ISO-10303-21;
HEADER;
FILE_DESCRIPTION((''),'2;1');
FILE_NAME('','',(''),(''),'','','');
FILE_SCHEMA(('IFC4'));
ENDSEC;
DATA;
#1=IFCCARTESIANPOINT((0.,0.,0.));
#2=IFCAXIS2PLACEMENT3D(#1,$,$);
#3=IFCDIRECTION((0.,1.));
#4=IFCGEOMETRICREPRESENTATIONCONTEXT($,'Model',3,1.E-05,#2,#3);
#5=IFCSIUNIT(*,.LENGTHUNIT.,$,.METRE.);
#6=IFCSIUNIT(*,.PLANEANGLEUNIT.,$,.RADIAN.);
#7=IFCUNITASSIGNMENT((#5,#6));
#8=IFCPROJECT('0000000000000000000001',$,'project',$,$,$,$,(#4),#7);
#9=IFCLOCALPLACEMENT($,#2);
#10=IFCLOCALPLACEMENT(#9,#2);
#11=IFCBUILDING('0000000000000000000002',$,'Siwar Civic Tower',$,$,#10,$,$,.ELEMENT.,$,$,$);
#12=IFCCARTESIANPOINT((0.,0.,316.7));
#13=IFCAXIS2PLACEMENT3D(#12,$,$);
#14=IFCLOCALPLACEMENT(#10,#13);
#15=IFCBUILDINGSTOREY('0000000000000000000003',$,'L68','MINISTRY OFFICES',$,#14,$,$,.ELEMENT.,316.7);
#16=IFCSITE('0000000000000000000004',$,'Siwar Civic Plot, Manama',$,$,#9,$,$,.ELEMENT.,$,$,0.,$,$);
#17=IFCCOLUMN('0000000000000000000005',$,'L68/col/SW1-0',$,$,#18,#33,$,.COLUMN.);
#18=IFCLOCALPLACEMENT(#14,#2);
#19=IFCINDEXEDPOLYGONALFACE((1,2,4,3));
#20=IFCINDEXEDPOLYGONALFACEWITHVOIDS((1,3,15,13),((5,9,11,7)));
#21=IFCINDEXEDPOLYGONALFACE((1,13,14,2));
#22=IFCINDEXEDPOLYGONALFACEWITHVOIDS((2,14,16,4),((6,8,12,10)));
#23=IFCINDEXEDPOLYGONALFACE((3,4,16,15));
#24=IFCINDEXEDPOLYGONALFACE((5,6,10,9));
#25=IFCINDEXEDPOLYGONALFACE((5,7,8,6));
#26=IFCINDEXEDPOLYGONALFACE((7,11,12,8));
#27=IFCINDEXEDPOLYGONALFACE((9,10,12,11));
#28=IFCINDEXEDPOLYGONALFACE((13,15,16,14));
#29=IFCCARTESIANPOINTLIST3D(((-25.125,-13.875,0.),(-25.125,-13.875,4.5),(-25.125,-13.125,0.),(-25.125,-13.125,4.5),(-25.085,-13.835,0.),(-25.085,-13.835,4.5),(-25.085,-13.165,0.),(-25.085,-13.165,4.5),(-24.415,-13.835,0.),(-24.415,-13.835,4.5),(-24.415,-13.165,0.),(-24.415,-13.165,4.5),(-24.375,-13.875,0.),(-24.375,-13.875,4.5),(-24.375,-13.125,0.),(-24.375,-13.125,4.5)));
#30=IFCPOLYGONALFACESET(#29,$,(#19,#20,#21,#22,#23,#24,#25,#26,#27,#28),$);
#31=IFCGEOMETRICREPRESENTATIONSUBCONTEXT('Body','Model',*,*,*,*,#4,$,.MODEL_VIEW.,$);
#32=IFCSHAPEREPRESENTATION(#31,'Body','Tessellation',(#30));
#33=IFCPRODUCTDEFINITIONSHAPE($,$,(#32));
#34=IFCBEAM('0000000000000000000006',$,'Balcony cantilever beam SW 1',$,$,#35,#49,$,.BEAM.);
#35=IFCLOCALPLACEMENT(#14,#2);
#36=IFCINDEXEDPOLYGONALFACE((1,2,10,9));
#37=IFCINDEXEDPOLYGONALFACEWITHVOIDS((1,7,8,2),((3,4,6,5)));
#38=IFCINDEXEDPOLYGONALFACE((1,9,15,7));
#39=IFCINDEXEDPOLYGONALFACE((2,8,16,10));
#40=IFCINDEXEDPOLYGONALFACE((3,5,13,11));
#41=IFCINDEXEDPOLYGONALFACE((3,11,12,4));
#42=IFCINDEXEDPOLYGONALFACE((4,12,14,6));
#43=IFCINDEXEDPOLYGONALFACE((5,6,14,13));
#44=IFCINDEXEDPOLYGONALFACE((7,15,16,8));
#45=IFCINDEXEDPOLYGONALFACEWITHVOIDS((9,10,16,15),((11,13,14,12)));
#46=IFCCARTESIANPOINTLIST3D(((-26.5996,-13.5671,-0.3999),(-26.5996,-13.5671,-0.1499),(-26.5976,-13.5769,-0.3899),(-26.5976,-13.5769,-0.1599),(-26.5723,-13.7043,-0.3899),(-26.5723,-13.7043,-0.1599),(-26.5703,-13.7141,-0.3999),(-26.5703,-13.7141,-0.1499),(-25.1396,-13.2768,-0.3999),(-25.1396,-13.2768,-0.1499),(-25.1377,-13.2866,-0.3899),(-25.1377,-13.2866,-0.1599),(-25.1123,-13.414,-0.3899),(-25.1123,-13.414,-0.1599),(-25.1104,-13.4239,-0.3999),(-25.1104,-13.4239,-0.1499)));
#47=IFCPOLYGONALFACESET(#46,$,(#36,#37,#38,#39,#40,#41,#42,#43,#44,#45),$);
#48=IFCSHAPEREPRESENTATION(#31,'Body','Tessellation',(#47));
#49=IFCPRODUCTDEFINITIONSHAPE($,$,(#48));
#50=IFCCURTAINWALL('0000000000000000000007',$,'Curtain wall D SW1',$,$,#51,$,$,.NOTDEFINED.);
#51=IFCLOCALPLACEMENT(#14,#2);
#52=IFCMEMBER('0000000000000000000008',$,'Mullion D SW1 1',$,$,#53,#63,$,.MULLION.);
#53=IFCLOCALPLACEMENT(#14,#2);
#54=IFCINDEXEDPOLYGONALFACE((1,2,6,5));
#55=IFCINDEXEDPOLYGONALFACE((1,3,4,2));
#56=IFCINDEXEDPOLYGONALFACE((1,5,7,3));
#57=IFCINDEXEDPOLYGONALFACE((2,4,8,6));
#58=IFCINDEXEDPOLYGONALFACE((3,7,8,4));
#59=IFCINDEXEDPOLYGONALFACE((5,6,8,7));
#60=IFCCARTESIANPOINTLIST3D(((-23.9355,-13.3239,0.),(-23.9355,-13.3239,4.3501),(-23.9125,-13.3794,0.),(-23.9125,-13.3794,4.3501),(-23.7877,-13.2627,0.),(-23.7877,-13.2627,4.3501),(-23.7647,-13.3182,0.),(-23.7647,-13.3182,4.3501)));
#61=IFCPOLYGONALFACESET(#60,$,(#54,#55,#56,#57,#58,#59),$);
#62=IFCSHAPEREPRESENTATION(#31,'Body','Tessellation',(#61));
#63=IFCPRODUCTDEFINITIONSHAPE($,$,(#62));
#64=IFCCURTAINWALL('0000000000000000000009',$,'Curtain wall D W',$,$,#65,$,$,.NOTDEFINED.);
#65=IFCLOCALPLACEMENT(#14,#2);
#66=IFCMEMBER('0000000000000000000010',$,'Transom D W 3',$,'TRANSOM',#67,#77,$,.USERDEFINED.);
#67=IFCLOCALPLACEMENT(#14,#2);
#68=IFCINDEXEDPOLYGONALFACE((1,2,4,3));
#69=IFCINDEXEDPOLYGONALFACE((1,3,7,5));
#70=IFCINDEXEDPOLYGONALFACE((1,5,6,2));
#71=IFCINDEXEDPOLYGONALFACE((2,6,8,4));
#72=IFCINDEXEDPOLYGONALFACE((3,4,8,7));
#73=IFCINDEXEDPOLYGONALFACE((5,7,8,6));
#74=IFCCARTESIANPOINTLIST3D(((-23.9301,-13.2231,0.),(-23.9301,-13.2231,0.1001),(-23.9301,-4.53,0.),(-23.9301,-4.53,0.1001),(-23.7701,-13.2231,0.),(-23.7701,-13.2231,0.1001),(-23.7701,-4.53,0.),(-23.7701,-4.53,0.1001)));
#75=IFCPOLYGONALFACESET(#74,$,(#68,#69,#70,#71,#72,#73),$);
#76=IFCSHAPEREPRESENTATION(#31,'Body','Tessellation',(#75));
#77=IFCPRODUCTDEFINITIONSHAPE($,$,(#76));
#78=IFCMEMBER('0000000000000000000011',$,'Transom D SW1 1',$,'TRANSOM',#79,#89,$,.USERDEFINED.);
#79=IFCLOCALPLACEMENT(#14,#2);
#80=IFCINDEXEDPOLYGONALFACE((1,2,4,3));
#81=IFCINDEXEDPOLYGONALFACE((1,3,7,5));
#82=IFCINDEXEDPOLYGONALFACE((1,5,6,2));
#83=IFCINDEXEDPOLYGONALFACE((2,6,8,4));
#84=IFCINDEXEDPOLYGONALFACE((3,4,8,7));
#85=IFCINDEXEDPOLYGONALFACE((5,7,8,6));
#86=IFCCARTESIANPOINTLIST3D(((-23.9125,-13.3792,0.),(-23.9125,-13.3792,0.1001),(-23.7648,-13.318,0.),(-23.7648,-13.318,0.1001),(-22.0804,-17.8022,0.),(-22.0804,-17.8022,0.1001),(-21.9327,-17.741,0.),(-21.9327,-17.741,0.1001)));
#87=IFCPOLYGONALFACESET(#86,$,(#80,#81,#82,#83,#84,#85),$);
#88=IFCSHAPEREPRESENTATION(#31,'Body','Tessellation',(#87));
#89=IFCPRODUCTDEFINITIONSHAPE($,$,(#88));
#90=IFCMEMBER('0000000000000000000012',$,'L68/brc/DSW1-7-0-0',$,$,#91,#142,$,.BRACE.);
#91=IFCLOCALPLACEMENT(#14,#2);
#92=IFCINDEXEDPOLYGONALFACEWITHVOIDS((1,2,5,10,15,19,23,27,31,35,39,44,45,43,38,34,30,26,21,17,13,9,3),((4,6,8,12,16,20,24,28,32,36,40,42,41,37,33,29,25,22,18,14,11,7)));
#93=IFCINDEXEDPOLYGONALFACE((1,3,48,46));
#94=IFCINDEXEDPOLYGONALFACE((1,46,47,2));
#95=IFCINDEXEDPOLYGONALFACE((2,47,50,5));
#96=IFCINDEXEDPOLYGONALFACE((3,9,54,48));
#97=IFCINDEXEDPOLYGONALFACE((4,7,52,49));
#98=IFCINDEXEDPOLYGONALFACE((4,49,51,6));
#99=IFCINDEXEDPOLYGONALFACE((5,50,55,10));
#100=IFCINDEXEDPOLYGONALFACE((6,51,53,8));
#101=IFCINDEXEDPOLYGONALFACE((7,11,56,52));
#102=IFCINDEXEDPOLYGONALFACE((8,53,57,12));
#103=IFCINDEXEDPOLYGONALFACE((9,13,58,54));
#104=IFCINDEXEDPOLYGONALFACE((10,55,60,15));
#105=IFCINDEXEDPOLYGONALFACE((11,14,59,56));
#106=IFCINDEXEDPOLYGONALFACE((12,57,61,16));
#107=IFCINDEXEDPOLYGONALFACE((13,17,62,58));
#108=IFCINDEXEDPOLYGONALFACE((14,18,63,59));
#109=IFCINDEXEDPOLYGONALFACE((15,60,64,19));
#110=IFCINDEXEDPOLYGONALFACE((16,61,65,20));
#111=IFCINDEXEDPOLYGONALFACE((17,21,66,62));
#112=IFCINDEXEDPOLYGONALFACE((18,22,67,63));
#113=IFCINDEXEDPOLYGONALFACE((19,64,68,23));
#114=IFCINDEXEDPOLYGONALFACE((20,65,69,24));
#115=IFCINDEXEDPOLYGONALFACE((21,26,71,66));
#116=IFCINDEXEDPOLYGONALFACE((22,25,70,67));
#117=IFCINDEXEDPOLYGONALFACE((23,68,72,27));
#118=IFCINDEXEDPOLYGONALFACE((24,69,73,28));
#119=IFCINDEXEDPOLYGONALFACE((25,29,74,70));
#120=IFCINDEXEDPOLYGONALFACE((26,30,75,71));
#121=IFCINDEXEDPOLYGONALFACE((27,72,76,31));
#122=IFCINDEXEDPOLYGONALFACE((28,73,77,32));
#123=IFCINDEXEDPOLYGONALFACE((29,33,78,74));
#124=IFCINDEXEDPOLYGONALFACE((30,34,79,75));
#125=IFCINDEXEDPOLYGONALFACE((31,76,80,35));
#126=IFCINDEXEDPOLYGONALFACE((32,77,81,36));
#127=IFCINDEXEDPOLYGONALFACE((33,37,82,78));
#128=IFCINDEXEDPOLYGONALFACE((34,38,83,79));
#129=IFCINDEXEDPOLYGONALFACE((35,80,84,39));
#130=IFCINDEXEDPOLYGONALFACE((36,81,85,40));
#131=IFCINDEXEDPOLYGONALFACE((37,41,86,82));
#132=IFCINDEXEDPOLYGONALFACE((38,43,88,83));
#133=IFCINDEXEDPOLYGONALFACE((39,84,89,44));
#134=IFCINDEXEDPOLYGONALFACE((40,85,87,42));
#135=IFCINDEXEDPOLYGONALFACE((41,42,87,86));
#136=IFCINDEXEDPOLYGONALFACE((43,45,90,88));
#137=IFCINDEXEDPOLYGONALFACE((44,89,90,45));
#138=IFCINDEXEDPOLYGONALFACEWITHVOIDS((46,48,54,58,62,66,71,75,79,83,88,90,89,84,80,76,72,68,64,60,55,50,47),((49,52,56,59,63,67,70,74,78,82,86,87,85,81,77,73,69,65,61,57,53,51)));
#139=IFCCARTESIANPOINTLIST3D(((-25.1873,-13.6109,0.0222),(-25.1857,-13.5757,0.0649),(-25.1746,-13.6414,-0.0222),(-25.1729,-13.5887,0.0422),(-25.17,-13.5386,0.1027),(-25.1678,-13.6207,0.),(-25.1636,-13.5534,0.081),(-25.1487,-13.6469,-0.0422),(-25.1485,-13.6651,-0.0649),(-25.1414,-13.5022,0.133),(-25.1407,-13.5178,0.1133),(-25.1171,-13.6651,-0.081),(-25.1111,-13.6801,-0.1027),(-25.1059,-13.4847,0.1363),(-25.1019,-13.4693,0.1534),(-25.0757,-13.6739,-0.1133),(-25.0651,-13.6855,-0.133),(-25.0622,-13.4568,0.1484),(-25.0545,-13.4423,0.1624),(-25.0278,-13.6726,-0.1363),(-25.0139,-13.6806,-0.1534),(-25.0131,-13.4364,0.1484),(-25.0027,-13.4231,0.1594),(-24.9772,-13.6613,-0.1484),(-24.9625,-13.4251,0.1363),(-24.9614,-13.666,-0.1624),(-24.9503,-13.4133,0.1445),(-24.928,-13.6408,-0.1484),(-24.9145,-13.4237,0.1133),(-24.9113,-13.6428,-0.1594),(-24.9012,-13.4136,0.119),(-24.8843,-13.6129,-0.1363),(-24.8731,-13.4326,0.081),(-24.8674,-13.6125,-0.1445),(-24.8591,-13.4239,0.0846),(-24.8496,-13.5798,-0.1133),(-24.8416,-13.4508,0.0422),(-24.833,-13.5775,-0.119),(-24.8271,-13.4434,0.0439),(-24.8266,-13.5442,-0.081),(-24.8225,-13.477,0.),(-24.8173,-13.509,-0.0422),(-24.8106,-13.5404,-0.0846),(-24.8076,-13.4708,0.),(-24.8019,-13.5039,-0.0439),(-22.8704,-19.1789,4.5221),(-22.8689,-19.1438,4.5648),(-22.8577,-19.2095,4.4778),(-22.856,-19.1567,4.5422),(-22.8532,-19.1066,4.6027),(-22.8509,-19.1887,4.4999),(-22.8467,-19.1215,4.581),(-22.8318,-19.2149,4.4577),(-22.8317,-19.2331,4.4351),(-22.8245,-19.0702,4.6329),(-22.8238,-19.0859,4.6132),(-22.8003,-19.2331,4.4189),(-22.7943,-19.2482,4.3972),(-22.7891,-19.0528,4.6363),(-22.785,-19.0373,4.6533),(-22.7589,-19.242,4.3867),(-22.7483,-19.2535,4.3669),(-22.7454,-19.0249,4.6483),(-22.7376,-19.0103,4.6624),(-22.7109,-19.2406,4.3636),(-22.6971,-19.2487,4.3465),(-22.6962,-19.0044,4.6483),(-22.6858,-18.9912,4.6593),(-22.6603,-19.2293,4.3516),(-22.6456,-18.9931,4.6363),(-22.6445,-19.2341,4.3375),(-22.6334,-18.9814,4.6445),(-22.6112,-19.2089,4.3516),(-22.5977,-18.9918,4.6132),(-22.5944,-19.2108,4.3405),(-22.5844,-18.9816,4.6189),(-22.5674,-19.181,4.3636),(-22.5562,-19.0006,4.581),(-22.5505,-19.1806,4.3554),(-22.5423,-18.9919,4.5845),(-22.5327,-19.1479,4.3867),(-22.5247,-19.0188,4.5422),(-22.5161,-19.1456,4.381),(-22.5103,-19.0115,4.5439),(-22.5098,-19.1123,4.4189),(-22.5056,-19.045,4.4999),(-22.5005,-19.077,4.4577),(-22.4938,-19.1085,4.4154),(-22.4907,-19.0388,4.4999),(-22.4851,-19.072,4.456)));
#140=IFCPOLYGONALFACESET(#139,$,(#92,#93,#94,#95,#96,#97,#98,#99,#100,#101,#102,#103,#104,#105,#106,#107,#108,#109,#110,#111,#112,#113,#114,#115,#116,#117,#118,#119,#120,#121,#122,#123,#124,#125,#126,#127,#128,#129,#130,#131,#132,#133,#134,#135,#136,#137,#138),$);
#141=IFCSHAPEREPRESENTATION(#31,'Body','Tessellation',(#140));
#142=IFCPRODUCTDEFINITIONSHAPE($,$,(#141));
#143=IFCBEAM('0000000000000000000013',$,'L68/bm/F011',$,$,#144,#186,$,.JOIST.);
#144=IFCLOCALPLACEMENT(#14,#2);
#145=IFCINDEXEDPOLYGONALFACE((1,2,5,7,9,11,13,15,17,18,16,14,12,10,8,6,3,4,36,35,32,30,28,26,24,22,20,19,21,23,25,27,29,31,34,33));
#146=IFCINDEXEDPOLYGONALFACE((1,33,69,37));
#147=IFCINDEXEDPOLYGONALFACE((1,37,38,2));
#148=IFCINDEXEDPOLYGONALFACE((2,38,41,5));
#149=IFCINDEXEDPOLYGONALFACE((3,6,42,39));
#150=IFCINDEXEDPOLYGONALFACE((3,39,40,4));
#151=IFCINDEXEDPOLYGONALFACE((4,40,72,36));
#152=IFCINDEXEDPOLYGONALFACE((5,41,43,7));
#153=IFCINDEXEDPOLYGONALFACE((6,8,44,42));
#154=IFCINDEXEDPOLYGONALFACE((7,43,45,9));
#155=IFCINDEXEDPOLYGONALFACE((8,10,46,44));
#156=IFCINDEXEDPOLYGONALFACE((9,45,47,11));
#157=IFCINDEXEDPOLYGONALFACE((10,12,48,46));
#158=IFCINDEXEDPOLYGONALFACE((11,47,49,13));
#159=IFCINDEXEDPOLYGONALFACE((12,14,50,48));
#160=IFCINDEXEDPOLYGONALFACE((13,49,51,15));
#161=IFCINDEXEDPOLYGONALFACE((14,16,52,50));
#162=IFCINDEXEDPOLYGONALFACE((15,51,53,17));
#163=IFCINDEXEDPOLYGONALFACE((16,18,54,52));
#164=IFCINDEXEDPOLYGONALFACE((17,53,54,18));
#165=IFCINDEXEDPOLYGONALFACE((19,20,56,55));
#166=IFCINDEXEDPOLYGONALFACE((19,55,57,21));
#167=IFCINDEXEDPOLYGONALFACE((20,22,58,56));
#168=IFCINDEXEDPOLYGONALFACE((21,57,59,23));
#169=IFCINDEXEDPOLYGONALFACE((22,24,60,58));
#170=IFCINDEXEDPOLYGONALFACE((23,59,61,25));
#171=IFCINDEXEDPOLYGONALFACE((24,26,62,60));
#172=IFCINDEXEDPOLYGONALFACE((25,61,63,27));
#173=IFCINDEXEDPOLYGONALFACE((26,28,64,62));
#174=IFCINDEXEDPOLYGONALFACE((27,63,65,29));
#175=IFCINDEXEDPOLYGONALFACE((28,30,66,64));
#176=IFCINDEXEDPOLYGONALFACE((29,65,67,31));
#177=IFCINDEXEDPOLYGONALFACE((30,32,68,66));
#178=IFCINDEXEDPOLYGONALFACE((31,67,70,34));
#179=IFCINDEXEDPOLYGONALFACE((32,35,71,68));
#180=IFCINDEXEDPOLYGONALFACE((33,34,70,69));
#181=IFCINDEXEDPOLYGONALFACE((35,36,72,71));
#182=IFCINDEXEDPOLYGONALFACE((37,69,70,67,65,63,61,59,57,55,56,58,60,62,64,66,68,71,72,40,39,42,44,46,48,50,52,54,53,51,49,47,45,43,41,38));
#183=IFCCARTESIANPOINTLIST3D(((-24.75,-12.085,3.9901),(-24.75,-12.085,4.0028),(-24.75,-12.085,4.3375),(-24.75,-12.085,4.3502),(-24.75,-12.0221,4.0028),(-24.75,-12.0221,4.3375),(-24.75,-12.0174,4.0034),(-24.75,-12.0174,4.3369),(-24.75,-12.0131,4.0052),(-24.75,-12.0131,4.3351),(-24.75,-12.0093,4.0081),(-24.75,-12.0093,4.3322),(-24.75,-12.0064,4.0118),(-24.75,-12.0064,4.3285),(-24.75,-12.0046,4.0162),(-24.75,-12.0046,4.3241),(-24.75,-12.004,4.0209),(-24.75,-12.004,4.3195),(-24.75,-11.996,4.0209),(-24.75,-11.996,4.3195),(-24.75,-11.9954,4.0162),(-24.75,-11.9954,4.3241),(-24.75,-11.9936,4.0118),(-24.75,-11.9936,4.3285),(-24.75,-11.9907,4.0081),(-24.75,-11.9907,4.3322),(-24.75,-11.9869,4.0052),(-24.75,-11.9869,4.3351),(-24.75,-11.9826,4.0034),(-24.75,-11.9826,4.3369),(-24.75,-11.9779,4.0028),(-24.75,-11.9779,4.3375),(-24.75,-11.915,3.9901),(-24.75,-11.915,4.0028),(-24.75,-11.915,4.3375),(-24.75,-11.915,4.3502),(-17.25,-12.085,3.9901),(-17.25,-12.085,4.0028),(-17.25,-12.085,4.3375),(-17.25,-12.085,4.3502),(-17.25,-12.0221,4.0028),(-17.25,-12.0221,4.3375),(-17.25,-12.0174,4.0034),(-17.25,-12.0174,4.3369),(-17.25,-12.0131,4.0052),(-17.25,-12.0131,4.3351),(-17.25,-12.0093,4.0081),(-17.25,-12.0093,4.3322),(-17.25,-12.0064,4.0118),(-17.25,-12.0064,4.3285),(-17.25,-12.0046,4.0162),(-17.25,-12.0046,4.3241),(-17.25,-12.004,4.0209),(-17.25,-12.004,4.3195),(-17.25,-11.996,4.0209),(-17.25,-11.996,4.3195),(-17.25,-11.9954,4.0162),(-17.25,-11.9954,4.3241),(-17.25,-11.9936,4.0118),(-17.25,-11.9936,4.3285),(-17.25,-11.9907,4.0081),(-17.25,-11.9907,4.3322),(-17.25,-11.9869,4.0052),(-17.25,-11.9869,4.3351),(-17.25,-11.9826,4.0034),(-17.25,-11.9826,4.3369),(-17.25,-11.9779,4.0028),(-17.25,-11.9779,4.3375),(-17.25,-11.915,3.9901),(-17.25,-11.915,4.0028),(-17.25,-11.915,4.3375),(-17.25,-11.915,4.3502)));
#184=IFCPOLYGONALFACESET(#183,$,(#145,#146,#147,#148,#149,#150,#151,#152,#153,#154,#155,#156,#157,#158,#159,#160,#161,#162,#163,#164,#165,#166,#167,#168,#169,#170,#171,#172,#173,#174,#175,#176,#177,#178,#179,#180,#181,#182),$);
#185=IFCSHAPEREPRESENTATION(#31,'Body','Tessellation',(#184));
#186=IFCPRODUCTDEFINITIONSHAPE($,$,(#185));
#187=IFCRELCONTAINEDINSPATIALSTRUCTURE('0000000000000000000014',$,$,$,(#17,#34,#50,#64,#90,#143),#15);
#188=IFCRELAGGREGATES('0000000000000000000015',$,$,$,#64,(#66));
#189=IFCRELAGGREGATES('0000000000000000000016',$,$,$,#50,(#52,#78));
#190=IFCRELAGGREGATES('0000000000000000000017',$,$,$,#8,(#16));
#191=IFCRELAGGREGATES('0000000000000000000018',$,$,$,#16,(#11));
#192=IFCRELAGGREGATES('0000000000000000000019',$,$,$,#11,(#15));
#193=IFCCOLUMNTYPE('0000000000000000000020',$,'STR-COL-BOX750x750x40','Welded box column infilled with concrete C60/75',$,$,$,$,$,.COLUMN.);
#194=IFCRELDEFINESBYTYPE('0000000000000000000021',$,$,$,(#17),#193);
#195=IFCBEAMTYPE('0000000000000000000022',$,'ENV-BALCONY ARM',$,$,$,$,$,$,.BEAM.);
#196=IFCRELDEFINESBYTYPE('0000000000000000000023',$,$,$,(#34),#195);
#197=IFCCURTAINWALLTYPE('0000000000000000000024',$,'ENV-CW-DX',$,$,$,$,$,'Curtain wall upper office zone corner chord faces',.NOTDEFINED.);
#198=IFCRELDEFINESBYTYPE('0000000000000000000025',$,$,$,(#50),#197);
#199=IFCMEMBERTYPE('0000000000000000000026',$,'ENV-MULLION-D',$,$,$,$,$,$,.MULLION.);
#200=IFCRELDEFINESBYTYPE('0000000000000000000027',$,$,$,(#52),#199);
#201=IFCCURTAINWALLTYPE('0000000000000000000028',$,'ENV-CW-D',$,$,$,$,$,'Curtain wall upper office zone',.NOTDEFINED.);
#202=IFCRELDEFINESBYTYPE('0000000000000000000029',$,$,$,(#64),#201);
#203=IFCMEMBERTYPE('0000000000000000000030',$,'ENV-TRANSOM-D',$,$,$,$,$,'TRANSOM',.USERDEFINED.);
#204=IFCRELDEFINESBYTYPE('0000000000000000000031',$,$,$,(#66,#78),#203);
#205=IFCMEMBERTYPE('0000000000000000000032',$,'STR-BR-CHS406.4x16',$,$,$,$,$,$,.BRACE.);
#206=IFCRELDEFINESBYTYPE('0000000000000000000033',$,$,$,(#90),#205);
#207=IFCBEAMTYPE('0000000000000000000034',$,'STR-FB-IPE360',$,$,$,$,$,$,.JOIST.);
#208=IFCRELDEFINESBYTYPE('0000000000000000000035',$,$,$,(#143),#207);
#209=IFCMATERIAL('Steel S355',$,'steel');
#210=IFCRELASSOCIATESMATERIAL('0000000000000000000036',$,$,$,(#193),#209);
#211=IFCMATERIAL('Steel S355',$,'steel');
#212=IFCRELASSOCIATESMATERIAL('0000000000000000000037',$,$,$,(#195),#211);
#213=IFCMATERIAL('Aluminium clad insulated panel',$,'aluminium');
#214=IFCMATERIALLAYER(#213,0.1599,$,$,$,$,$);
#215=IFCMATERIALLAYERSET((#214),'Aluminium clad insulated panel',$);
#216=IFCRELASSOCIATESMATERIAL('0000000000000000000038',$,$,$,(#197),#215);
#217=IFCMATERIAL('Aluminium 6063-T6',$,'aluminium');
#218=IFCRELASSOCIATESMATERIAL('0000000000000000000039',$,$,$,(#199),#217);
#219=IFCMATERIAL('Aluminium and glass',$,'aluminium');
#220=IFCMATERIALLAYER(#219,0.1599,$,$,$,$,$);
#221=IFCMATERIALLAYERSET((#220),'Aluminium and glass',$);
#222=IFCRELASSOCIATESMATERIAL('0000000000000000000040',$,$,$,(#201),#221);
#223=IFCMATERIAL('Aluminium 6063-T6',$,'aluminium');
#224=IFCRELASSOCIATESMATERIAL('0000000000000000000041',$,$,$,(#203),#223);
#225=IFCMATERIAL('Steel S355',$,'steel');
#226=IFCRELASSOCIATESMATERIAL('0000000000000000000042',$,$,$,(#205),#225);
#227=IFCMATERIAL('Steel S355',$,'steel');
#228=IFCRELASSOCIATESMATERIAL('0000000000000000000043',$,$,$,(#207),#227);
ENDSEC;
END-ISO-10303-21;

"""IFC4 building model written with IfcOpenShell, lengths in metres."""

from ifc_helpers import new_model, si_unit, direction, frame, origin, origin_2d, place, context, subcontext, project, spatial, rectangle, hollow_rectangle, hollow_circle, i_section, extrude, material, layer, layer_set, material_profile, profile_set, type_object, element, aggregate, save


model = new_model("IFC4")

# Units and contexts
model_context = context("Model", 3, precision=1e-05, world=origin(), true_north=direction((0.0, 1.0)))
body_context = subcontext(model_context, "Body", "Model", "MODEL_VIEW")
ifc_project = project(units=[si_unit("LENGTHUNIT", "METRE"), si_unit("PLANEANGLEUNIT", "RADIAN")], contexts=[model_context])

# Site, building, storey
site_placement = place(None, origin())
site = spatial("IfcSite", under=ifc_project, at=site_placement, Name="Siwar Civic Plot, Manama", CompositionType="ELEMENT", RefElevation=0.0)
building_placement = place(site_placement, origin())
building = spatial("IfcBuilding", under=site, at=building_placement, Name="Siwar Civic Tower", CompositionType="ELEMENT")
storey_placement = place(building_placement, frame((0.0, 0.0, 316.7)))
storey = spatial("IfcBuildingStorey", under=building, at=storey_placement, Name="L68", Description="MINISTRY OFFICES", CompositionType="ELEMENT", Elevation=316.7)

# Column
ifc_material_1 = material(Name="Steel S355", Category="steel")
ifc_material_profile_1 = material_profile(ifc_material_1, hollow_rectangle(XDim=0.75, YDim=0.75, WallThickness=0.04, at=origin_2d()), Name="BOX750x750x40")
ifc_profile_set_1 = profile_set([ifc_material_profile_1], Name="Steel S355")
column_type = type_object("IfcColumnType", Name="STR-COL-BOX750x750x40", Description="Welded box column infilled with concrete C60/75", PredefinedType="COLUMN", material=ifc_profile_set_1)
column_placement = place(storey_placement, frame((-24.75, -13.5, 0.0), z_axis=(0.0, 0.0, 1.0), x_axis=(1.0, 0.0, 0.0)))
element("IfcColumn", 1, at=column_placement, inside=storey, type_object=column_type, Name="L68/col/SW1-0", PredefinedType="COLUMN", context=body_context, shape_type="SweptSolid", body=[
    extrude(hollow_rectangle(XDim=0.75, YDim=0.75, WallThickness=0.04, at=origin_2d()), origin(), (0.0, 0.0, 1.0), 4.5),
])

# Beam
ifc_material_2 = material(Name="Steel S355", Category="steel")
ifc_material_profile_2 = material_profile(ifc_material_2, hollow_rectangle(XDim=0.1499, YDim=0.25, WallThickness=0.01, at=origin_2d()), Name="RHS250x150x10")
ifc_profile_set_2 = profile_set([ifc_material_profile_2], Name="Steel S355")
beam_type_1 = type_object("IfcBeamType", Name="ENV-BALCONY ARM", PredefinedType="BEAM", material=ifc_profile_set_2)
beam_1_placement = place(storey_placement, frame((-25.125, -13.3503, -0.2749), z_axis=(-0.980801, -0.195012, 0.0), x_axis=(0.195012, -0.980801, 0.0)))
element("IfcBeam", 2, at=beam_1_placement, inside=storey, type_object=beam_type_1, Name="Balcony cantilever beam SW 1", PredefinedType="BEAM", context=body_context, shape_type="SweptSolid", body=[
    extrude(hollow_rectangle(XDim=0.1499, YDim=0.25, WallThickness=0.01, at=origin_2d()), origin(), (0.0, 0.0, 1.0), 1.4885),
])

# Curtain walls, members
ifc_material_3 = material(Name="Aluminium clad insulated panel", Category="aluminium")
ifc_layer_1 = layer(ifc_material_3, 0.1599)
ifc_layer_set_1 = layer_set([ifc_layer_1], Name="Aluminium clad insulated panel")
curtain_wall_type_1 = type_object("IfcCurtainWallType", Name="ENV-CW-DX", ElementType="Curtain wall upper office zone corner chord faces", PredefinedType="NOTDEFINED", material=ifc_layer_set_1)
curtain_wall_1_placement = place(storey_placement, origin())
curtain_wall_1 = element("IfcCurtainWall", 3, at=curtain_wall_1_placement, inside=storey, type_object=curtain_wall_type_1, Name="Curtain wall D SW1", PredefinedType="NOTDEFINED")
ifc_material_4 = material(Name="Aluminium 6063-T6", Category="aluminium")
ifc_material_profile_3 = material_profile(ifc_material_4, rectangle(XDim=0.1599, YDim=0.0601, at=origin_2d()), Name="AL 160x60")
ifc_profile_set_3 = profile_set([ifc_material_profile_3], Name="Aluminium 6063-T6")
member_type_1 = type_object("IfcMemberType", Name="ENV-MULLION-D", PredefinedType="MULLION", material=ifc_profile_set_3)
member_1_placement = place(storey_placement, frame((-23.8501, -13.321, 0.0), z_axis=(0.0, 0.0, 1.0), x_axis=(0.92388, 0.382683, 0.0)))
member_1 = element("IfcMember", 4, at=member_1_placement, type_object=member_type_1, Name="Mullion D SW1 1", PredefinedType="MULLION", context=body_context, shape_type="SweptSolid", body=[
    extrude(rectangle(XDim=0.1599, YDim=0.0601, at=origin_2d()), origin(), (0.0, 0.0, 1.0), 4.3501),
])
ifc_material_5 = material(Name="Aluminium and glass", Category="aluminium")
ifc_layer_2 = layer(ifc_material_5, 0.1599)
ifc_layer_set_2 = layer_set([ifc_layer_2], Name="Aluminium and glass")
curtain_wall_type_2 = type_object("IfcCurtainWallType", Name="ENV-CW-D", ElementType="Curtain wall upper office zone", PredefinedType="NOTDEFINED", material=ifc_layer_set_2)
curtain_wall_2_placement = place(storey_placement, origin())
curtain_wall_2 = element("IfcCurtainWall", 5, at=curtain_wall_2_placement, inside=storey, type_object=curtain_wall_type_2, Name="Curtain wall D W", PredefinedType="NOTDEFINED")
ifc_material_6 = material(Name="Aluminium 6063-T6", Category="aluminium")
ifc_material_profile_4 = material_profile(ifc_material_6, rectangle(XDim=0.1599, YDim=0.1001, at=origin_2d()), Name="AL 160x100")
ifc_profile_set_4 = profile_set([ifc_material_profile_4], Name="Aluminium 6063-T6")
member_type_2 = type_object("IfcMemberType", Name="ENV-TRANSOM-D", ElementType="TRANSOM", PredefinedType="USERDEFINED", material=ifc_profile_set_4)
member_2_placement = place(storey_placement, frame((-23.8501, -4.53, 0.05), z_axis=(0.0, -1.0, 0.0), x_axis=(1.0, 0.0, 0.0)))
member_2 = element("IfcMember", 6, at=member_2_placement, type_object=member_type_2, Name="Transom D W 3", ObjectType="TRANSOM", PredefinedType="USERDEFINED", context=body_context, shape_type="SweptSolid", body=[
    extrude(rectangle(XDim=0.1599, YDim=0.1001, at=origin_2d()), origin(), (0.0, 0.0, 1.0), 8.6931),
])

# Members
member_3_placement = place(storey_placement, frame((-23.8386, -13.3486, 0.05), z_axis=(0.382688, -0.923878, 0.0), x_axis=(0.923878, 0.382688, 0.0)))
member_3 = element("IfcMember", 7, at=member_3_placement, type_object=member_type_2, Name="Transom D SW1 1", ObjectType="TRANSOM", PredefinedType="USERDEFINED", context=body_context, shape_type="SweptSolid", body=[
    extrude(rectangle(XDim=0.1599, YDim=0.1001, at=origin_2d()), origin(), (0.0, 0.0, 1.0), 4.7874),
])
ifc_material_7 = material(Name="Steel S355", Category="steel")
ifc_material_profile_5 = material_profile(ifc_material_7, hollow_circle(Radius=0.2031, WallThickness=0.0161, at=origin_2d()), Name="CHS406.4x16")
ifc_profile_set_5 = profile_set([ifc_material_profile_5], Name="Steel S355")
member_type_3 = type_object("IfcMemberType", Name="STR-BR-CHS406.4x16", PredefinedType="BRACE", material=ifc_profile_set_5)
member_4_placement = place(storey_placement, frame((-24.9951, -13.5488, 0.0), z_axis=(0.307903, -0.739973, 0.598026), x_axis=(0.923262, 0.38417, 0.0)))
element("IfcMember", 8, at=member_4_placement, inside=storey, type_object=member_type_3, Name="L68/brc/DSW1-7-0-0", PredefinedType="BRACE", context=body_context, shape_type="SweptSolid", body=[
    extrude(hollow_circle(Radius=0.2031, WallThickness=0.0161, at=origin_2d()), origin(), (0.0, 0.0, 1.0), 7.5247),
])

# Beam
ifc_material_8 = material(Name="Steel S355", Category="steel")
ifc_material_profile_6 = material_profile(ifc_material_8, i_section(OverallWidth=0.1699, OverallDepth=0.3601, WebThickness=0.0081, FlangeThickness=0.0127, FilletRadius=0.0181, at=origin_2d()), Name="IPE360")
ifc_profile_set_6 = profile_set([ifc_material_profile_6], Name="Steel S355")
beam_type_2 = type_object("IfcBeamType", Name="STR-FB-IPE360", PredefinedType="JOIST", material=ifc_profile_set_6)
for number, where, z_axis, x_axis, name in (
    (9, (-24.75, -12.0, 4.1702), (1.0, 0.0, 0.0), (0.0, 1.0, 0.0), "L68/bm/F011"),
):
    element("IfcBeam", number, at=place(storey_placement, frame(where, z_axis=z_axis, x_axis=x_axis)), inside=storey, type_object=beam_type_2, Name=name, PredefinedType="JOIST", context=body_context, shape_type="SweptSolid", body=[
        extrude(i_section(OverallWidth=0.1699, OverallDepth=0.3601, WebThickness=0.0081, FlangeThickness=0.0127, FilletRadius=0.0181, at=origin_2d()), origin(), (0.0, 0.0, 1.0), 7.5),
    ])

aggregate(curtain_wall_2, [member_2])
aggregate(curtain_wall_1, [member_1, member_3])

save(model, "model.ifc")
